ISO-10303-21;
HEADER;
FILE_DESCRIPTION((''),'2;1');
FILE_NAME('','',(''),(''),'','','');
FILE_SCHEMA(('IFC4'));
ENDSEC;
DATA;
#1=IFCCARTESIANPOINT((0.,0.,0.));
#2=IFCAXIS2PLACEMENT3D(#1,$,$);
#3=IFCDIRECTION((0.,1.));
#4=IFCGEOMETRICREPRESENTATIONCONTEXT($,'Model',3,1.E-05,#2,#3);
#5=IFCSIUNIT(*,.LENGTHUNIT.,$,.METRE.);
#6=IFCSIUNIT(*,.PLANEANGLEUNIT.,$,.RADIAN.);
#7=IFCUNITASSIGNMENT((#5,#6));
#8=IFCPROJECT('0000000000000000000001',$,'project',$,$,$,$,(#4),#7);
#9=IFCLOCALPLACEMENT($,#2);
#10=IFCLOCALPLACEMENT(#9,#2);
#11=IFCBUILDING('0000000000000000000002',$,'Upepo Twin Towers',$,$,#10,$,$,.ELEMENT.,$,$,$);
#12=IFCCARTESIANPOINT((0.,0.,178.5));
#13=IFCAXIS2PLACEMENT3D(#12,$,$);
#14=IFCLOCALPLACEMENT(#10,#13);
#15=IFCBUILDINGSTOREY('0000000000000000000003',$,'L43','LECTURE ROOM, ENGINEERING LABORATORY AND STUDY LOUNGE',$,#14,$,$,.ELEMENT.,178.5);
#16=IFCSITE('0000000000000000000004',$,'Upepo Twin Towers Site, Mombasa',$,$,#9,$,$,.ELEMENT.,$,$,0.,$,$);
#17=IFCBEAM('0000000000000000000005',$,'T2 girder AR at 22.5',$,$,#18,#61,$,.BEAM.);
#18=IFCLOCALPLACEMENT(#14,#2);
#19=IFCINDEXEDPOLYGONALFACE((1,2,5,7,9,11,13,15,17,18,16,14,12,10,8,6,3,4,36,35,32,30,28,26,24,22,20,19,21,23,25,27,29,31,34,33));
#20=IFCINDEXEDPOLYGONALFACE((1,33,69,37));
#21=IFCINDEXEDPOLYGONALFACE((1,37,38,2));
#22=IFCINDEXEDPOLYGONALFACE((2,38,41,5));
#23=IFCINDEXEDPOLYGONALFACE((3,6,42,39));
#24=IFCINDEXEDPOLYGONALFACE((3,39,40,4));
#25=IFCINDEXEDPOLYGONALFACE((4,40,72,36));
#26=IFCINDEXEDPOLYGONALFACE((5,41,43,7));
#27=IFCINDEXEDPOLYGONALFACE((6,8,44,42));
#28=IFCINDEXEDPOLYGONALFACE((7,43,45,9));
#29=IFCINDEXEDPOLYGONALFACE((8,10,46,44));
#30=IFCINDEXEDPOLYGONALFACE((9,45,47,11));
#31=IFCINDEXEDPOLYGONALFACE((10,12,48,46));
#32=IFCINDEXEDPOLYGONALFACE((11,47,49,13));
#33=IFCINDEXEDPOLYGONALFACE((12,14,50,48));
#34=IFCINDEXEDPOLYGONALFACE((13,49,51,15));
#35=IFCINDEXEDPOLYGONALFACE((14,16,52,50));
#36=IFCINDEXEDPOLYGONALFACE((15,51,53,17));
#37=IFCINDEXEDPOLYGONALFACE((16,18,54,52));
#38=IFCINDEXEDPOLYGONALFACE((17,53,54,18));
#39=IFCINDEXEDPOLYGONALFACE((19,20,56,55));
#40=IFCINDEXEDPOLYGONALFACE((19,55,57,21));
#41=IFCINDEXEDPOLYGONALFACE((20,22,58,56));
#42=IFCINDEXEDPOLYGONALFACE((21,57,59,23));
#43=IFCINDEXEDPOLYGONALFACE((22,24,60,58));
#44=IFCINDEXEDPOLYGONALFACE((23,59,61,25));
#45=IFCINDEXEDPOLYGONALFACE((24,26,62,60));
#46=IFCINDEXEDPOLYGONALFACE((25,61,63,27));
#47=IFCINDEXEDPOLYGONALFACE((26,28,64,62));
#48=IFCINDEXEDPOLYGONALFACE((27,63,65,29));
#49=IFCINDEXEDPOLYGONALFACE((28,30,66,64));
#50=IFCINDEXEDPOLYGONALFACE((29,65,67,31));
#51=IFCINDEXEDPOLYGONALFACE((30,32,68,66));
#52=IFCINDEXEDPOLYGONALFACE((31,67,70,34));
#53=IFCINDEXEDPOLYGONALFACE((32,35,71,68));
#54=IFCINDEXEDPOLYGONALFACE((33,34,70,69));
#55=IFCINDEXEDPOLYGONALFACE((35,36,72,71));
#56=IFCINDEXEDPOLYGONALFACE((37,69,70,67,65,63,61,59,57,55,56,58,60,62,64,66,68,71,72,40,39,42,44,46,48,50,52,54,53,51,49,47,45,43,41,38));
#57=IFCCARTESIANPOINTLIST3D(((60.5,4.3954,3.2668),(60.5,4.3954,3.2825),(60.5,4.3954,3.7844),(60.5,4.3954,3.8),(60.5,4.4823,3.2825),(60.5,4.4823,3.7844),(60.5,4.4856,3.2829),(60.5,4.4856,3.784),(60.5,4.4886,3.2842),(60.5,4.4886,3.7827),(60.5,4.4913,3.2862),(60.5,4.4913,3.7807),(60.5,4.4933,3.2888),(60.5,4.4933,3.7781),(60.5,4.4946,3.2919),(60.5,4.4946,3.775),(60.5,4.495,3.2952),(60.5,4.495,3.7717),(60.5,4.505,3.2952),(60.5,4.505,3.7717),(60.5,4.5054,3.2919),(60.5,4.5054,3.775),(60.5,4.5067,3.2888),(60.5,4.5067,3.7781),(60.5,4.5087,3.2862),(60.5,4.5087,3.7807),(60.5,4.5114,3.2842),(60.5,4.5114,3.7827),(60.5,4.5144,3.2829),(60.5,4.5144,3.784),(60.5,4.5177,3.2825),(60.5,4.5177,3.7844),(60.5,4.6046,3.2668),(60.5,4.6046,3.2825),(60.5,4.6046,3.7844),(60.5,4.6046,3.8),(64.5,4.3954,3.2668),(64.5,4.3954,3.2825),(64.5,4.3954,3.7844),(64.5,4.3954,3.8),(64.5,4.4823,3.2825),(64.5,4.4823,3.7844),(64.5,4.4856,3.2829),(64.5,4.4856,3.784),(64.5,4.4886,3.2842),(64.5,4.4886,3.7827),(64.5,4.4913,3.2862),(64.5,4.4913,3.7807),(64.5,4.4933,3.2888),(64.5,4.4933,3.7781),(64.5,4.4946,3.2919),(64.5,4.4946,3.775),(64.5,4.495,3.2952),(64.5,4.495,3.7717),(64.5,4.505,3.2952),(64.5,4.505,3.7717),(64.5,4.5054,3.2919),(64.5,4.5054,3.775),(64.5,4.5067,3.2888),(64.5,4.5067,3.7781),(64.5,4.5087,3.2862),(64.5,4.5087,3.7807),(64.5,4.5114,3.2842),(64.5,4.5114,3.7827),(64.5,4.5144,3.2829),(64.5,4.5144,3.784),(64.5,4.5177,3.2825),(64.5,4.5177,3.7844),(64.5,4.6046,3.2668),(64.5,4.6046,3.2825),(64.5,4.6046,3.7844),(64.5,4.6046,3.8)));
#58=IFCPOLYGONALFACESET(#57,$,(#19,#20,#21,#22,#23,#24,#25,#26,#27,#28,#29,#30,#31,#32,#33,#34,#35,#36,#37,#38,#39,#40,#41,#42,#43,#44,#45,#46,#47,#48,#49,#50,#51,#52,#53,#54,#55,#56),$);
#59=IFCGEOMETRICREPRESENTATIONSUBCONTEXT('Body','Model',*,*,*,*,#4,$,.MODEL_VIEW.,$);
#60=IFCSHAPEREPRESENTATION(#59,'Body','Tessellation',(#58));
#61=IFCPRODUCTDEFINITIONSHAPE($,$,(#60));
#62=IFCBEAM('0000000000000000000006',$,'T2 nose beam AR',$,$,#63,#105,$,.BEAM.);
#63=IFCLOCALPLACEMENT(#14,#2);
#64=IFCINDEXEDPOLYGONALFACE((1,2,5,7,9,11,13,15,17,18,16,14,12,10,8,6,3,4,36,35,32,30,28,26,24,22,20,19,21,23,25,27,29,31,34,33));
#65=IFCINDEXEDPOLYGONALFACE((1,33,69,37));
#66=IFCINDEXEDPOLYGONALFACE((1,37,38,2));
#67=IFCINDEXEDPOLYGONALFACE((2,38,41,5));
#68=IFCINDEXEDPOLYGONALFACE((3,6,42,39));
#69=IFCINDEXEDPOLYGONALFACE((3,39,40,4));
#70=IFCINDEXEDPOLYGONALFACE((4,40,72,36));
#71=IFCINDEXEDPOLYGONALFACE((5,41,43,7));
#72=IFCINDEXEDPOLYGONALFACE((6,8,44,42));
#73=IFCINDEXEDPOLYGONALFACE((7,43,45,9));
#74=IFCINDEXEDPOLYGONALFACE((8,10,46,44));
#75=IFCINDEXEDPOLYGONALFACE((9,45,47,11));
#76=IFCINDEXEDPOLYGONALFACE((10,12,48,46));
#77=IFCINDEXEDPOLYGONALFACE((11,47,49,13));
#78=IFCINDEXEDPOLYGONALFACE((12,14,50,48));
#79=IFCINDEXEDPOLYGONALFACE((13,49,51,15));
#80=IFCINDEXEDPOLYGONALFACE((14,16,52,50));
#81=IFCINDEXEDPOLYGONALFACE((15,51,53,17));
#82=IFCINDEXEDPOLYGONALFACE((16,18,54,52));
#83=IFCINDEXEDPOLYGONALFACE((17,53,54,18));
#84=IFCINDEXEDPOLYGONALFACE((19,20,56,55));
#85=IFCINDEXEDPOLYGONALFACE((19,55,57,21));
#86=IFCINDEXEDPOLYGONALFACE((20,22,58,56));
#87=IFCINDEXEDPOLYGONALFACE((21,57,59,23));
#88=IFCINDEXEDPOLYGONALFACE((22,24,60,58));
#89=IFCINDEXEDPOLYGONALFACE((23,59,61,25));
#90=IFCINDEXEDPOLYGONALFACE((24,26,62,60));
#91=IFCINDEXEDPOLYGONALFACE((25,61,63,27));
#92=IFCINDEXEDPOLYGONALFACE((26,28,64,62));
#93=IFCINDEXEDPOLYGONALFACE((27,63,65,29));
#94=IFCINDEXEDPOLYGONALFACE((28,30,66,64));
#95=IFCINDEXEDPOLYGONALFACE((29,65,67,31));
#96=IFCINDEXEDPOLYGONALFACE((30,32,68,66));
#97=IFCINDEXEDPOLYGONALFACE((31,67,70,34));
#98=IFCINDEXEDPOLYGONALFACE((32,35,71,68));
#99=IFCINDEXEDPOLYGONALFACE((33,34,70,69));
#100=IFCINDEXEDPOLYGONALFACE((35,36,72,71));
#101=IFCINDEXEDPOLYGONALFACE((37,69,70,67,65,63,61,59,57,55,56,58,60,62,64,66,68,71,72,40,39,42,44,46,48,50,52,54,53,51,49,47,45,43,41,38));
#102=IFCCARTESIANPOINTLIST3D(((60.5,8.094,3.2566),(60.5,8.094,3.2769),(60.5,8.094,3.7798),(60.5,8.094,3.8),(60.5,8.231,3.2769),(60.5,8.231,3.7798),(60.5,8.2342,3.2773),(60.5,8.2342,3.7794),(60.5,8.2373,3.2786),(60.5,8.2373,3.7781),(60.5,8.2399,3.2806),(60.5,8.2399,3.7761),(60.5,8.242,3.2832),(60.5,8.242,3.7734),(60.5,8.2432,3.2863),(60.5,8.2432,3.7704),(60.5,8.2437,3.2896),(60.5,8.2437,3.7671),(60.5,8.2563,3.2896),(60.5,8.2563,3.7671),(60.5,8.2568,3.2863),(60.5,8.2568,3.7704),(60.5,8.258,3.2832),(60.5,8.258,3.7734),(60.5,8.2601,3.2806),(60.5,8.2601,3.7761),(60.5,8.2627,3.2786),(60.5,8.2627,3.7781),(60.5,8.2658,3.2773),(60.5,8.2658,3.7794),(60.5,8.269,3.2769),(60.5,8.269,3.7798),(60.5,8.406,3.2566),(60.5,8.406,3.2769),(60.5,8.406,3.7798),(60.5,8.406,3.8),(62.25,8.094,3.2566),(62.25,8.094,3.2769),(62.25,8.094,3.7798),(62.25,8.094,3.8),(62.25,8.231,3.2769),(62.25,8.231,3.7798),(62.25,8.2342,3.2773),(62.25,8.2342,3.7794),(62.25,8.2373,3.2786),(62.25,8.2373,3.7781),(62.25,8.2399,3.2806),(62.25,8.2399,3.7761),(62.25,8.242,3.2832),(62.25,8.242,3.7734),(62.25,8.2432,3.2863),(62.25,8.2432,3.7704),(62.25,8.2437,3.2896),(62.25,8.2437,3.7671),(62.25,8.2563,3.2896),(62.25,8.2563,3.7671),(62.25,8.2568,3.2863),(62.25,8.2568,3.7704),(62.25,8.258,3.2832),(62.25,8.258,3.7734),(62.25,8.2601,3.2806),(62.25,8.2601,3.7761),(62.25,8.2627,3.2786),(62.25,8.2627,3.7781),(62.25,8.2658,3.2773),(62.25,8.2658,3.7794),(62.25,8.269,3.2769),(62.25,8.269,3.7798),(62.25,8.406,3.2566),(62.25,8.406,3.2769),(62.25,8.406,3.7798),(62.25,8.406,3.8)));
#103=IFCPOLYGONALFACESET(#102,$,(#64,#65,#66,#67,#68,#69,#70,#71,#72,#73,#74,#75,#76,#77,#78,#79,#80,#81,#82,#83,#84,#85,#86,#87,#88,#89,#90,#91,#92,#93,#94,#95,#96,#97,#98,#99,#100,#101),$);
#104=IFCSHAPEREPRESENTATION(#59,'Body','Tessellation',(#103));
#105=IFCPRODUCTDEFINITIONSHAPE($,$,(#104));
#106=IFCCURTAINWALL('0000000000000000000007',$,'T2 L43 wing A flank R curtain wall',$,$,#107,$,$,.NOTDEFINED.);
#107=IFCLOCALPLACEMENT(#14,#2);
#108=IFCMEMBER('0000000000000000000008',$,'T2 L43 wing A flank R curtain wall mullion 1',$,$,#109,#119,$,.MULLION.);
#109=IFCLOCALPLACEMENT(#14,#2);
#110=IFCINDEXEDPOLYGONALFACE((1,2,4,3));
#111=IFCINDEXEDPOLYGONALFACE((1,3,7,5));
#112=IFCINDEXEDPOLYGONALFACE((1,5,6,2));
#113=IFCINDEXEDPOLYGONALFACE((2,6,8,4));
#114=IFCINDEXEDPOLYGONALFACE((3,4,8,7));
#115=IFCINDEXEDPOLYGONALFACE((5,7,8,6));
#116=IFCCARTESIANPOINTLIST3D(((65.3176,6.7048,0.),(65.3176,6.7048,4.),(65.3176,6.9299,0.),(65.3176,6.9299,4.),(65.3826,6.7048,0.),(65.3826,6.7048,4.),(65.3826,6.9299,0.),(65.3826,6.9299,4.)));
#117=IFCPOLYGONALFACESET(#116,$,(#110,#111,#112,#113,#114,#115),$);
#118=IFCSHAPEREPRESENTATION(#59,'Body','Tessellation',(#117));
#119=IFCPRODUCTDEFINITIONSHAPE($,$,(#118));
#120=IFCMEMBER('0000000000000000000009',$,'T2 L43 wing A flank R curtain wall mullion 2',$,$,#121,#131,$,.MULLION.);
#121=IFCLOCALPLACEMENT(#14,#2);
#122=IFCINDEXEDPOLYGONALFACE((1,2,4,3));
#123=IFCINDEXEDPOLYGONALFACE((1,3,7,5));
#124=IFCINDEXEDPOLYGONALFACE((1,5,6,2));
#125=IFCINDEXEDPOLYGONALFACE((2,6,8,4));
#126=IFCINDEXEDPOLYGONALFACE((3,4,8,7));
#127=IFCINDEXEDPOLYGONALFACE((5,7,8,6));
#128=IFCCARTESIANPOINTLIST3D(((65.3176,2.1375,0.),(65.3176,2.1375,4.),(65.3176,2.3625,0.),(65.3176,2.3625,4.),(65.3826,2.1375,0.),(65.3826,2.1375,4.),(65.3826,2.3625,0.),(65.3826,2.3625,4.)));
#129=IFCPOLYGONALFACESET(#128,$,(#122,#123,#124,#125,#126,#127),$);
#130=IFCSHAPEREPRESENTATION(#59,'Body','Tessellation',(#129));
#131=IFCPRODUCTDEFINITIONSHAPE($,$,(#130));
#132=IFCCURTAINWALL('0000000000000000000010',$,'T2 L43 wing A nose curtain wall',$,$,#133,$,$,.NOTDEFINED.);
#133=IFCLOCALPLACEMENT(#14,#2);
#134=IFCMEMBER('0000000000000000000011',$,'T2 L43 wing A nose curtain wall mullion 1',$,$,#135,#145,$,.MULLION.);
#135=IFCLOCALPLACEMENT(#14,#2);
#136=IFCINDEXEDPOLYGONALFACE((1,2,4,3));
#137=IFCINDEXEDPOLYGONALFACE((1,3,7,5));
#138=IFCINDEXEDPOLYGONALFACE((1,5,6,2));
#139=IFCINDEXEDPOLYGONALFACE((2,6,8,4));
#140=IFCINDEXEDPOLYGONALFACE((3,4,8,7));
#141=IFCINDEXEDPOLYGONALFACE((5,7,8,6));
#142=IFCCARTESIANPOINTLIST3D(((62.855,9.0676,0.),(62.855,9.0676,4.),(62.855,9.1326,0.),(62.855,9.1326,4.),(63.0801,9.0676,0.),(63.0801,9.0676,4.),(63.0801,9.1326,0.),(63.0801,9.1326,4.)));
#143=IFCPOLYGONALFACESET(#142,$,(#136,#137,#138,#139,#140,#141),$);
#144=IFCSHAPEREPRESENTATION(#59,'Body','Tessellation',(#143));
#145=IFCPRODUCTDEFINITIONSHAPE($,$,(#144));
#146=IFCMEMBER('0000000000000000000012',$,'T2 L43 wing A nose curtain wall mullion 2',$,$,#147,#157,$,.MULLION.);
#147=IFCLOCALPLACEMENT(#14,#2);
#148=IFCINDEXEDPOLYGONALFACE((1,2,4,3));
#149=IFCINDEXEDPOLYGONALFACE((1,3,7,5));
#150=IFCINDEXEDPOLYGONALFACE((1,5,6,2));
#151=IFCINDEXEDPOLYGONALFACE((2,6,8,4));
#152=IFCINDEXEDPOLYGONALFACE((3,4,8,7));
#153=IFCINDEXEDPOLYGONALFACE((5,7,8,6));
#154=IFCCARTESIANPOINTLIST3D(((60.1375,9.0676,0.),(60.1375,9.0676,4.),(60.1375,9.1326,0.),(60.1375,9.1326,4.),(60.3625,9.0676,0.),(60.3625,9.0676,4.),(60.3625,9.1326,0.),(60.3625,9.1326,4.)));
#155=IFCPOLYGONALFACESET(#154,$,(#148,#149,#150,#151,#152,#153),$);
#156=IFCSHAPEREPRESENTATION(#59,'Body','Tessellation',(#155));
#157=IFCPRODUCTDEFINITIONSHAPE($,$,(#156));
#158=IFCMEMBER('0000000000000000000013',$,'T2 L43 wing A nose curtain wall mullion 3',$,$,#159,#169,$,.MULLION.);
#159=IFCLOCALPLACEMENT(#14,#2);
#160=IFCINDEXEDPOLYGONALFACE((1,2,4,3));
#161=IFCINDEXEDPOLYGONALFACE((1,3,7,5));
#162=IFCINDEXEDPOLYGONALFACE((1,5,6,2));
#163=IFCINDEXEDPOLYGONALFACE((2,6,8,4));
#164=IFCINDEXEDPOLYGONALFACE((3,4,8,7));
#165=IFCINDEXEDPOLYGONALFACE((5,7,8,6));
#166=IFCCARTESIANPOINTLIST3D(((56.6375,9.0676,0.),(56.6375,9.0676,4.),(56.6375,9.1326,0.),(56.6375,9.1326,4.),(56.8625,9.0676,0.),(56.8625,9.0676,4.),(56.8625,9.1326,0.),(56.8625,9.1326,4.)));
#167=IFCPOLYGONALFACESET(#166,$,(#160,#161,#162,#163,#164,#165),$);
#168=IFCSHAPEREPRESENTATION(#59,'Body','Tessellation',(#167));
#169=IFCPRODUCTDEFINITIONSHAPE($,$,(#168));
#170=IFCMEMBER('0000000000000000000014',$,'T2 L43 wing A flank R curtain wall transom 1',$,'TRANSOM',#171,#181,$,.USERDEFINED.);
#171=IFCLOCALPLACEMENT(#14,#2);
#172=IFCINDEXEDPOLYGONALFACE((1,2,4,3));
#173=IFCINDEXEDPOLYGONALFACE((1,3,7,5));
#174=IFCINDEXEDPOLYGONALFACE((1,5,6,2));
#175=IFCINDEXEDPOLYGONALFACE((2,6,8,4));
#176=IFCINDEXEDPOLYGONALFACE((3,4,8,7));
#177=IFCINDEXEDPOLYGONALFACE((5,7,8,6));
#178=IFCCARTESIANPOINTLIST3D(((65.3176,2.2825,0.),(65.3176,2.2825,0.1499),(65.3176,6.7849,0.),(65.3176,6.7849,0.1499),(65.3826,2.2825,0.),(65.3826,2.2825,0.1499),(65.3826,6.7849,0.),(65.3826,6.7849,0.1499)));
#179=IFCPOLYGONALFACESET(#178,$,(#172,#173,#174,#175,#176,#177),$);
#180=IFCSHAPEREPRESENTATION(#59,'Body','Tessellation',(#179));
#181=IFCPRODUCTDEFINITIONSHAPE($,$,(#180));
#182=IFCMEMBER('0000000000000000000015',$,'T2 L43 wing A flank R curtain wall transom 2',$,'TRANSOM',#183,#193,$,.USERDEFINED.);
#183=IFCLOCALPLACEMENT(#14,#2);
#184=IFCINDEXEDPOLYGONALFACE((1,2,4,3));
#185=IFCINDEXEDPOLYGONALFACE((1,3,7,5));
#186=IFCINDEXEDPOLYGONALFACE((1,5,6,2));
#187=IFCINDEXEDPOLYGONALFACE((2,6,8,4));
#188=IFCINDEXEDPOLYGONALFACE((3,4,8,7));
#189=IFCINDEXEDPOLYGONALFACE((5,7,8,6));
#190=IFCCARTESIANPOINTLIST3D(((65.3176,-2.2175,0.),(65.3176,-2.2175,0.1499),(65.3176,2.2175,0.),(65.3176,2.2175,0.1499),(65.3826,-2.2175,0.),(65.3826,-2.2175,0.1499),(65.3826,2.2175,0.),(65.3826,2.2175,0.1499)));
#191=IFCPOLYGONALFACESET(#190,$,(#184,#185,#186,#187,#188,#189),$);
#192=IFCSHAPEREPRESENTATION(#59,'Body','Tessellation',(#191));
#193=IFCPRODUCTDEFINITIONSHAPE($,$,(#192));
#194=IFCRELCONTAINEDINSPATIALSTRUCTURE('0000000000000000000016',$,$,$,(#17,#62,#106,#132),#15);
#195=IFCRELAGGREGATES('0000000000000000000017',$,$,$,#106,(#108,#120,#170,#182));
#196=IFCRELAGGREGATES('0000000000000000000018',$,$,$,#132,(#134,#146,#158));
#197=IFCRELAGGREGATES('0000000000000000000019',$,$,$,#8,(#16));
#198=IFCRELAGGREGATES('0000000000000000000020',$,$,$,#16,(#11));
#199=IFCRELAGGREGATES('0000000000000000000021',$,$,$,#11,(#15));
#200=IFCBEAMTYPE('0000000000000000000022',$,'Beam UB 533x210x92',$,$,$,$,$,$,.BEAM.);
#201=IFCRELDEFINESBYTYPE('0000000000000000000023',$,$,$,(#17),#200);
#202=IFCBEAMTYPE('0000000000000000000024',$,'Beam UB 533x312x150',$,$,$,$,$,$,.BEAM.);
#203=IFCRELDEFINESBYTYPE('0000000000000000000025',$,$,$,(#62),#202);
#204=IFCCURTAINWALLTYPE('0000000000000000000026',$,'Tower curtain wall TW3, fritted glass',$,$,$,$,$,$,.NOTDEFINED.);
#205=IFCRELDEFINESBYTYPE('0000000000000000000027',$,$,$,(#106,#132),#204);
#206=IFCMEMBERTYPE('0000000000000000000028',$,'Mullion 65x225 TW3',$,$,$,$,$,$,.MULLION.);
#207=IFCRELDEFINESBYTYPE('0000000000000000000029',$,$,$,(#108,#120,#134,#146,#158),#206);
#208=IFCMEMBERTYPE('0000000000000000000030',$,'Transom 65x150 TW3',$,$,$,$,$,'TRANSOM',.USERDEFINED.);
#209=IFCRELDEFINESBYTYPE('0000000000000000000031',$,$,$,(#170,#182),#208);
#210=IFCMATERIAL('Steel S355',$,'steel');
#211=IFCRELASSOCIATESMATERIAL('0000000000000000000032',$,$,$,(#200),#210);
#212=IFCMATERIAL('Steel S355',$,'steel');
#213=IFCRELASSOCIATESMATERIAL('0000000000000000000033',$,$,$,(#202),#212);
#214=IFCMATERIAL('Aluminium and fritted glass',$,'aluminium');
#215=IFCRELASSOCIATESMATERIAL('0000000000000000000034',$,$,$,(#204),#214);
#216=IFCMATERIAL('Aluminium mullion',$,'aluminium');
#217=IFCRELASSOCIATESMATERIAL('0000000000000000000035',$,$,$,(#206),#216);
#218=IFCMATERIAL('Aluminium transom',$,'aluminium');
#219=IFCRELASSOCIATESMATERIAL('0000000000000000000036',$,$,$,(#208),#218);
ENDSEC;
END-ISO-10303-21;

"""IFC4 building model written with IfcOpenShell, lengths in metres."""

from ifc_helpers import new_model, si_unit, direction, frame, origin, origin_2d, place, context, subcontext, project, spatial, rectangle, i_section, extrude, material, material_profile, profile_set, type_object, element, aggregate, save


model = new_model("IFC4")

# Units and contexts
model_context = context("Model", 3, precision=1e-05, world=origin(), true_north=direction((0.0, 1.0)))
body_context = subcontext(model_context, "Body", "Model", "MODEL_VIEW")
ifc_project = project(units=[si_unit("LENGTHUNIT", "METRE"), si_unit("PLANEANGLEUNIT", "RADIAN")], contexts=[model_context])

# Site, building, storey
site_placement = place(None, origin())
site = spatial("IfcSite", under=ifc_project, at=site_placement, Name="Upepo Twin Towers Site, Mombasa", CompositionType="ELEMENT", RefElevation=0.0)
building_placement = place(site_placement, origin())
building = spatial("IfcBuilding", under=site, at=building_placement, Name="Upepo Twin Towers", CompositionType="ELEMENT")
storey_placement = place(building_placement, frame((0.0, 0.0, 178.5)))
storey = spatial("IfcBuildingStorey", under=building, at=storey_placement, Name="L43", Description="LECTURE ROOM, ENGINEERING LABORATORY AND STUDY LOUNGE", CompositionType="ELEMENT", Elevation=178.5)

# Beams
ifc_material_1 = material(Name="Steel S355", Category="steel")
ifc_material_profile_1 = material_profile(ifc_material_1, i_section(OverallWidth=0.2092, OverallDepth=0.5332, WebThickness=0.01, FlangeThickness=0.0156, FilletRadius=0.0127, at=origin_2d()), Name="UB 533x210x92")
ifc_profile_set_1 = profile_set([ifc_material_profile_1], Name="Steel S355")
beam_type_1 = type_object("IfcBeamType", Name="Beam UB 533x210x92", PredefinedType="BEAM", material=ifc_profile_set_1)
for number, where, z_axis, x_axis, name in (
    (1, (64.5, 4.5, 3.5334), (-1.0, 0.0, 0.0), (0.0, -1.0, 0.0), "T2 girder AR at 22.5"),
):
    element("IfcBeam", number, at=place(storey_placement, frame(where, z_axis=z_axis, x_axis=x_axis)), inside=storey, type_object=beam_type_1, Name=name, PredefinedType="BEAM", context=body_context, shape_type="SweptSolid", body=[
        extrude(i_section(OverallWidth=0.2092, OverallDepth=0.5332, WebThickness=0.01, FlangeThickness=0.0156, FilletRadius=0.0127, at=origin_2d()), origin(), (0.0, 0.0, 1.0), 4.0),
    ])
ifc_material_2 = material(Name="Steel S355", Category="steel")
ifc_material_profile_2 = material_profile(ifc_material_2, i_section(OverallWidth=0.312, OverallDepth=0.5435, WebThickness=0.0127, FlangeThickness=0.0203, FilletRadius=0.0127, at=origin_2d()), Name="UB 533x312x150")
ifc_profile_set_2 = profile_set([ifc_material_profile_2], Name="Steel S355")
beam_type_2 = type_object("IfcBeamType", Name="Beam UB 533x312x150", PredefinedType="BEAM", material=ifc_profile_set_2)
beam_1_placement = place(storey_placement, frame((62.25, 8.25, 3.5283), z_axis=(-1.0, 0.0, 0.0), x_axis=(0.0, -1.0, 0.0)))
element("IfcBeam", 2, at=beam_1_placement, inside=storey, type_object=beam_type_2, Name="T2 nose beam AR", PredefinedType="BEAM", context=body_context, shape_type="SweptSolid", body=[
    extrude(i_section(OverallWidth=0.312, OverallDepth=0.5435, WebThickness=0.0127, FlangeThickness=0.0203, FilletRadius=0.0127, at=origin_2d()), origin(), (0.0, 0.0, 1.0), 1.75),
])

# Curtain walls, members
ifc_material_3 = material(Name="Aluminium and fritted glass", Category="aluminium")
curtain_wall_type = type_object("IfcCurtainWallType", Name="Tower curtain wall TW3, fritted glass", PredefinedType="NOTDEFINED", material=ifc_material_3)
curtain_wall_1_placement = place(storey_placement, origin())
curtain_wall_1 = element("IfcCurtainWall", 3, at=curtain_wall_1_placement, inside=storey, type_object=curtain_wall_type, Name="T2 L43 wing A flank R curtain wall", PredefinedType="NOTDEFINED")
ifc_material_4 = material(Name="Aluminium mullion", Category="aluminium")
ifc_material_profile_3 = material_profile(ifc_material_4, rectangle(XDim=0.0649, YDim=0.2251, at=origin_2d()), Name="MULLION 65x225")
ifc_profile_set_3 = profile_set([ifc_material_profile_3], Name="Aluminium mullion")
member_type_1 = type_object("IfcMemberType", Name="Mullion 65x225 TW3", PredefinedType="MULLION", material=ifc_profile_set_3)
member_1_placement = place(storey_placement, frame((65.3501, 6.8174, 0.0), z_axis=(0.0, 0.0, 1.0), x_axis=(1.0, 0.0, 0.0)))
member_1 = element("IfcMember", 4, at=member_1_placement, type_object=member_type_1, Name="T2 L43 wing A flank R curtain wall mullion 1", PredefinedType="MULLION", context=body_context, shape_type="SweptSolid", body=[
    extrude(rectangle(XDim=0.0649, YDim=0.2251, at=origin_2d()), origin(), (0.0, 0.0, 1.0), 4.0),
])
member_2_placement = place(storey_placement, frame((65.3501, 2.25, 0.0), z_axis=(0.0, 0.0, 1.0), x_axis=(1.0, 0.0, 0.0)))
member_2 = element("IfcMember", 5, at=member_2_placement, type_object=member_type_1, Name="T2 L43 wing A flank R curtain wall mullion 2", PredefinedType="MULLION", context=body_context, shape_type="SweptSolid", body=[
    extrude(rectangle(XDim=0.0649, YDim=0.2251, at=origin_2d()), origin(), (0.0, 0.0, 1.0), 4.0),
])
curtain_wall_2_placement = place(storey_placement, origin())
curtain_wall_2 = element("IfcCurtainWall", 6, at=curtain_wall_2_placement, inside=storey, type_object=curtain_wall_type, Name="T2 L43 wing A nose curtain wall", PredefinedType="NOTDEFINED")
member_3_placement = place(storey_placement, frame((62.9675, 9.1001, 0.0), z_axis=(0.0, 0.0, 1.0), x_axis=(0.0, -1.0, 0.0)))
member_3 = element("IfcMember", 7, at=member_3_placement, type_object=member_type_1, Name="T2 L43 wing A nose curtain wall mullion 1", PredefinedType="MULLION", context=body_context, shape_type="SweptSolid", body=[
    extrude(rectangle(XDim=0.0649, YDim=0.2251, at=origin_2d()), origin(), (0.0, 0.0, 1.0), 4.0),
])
member_4_placement = place(storey_placement, frame((60.25, 9.1001, 0.0), z_axis=(0.0, 0.0, 1.0), x_axis=(0.0, -1.0, 0.0)))
member_4 = element("IfcMember", 8, at=member_4_placement, type_object=member_type_1, Name="T2 L43 wing A nose curtain wall mullion 2", PredefinedType="MULLION", context=body_context, shape_type="SweptSolid", body=[
    extrude(rectangle(XDim=0.0649, YDim=0.2251, at=origin_2d()), origin(), (0.0, 0.0, 1.0), 4.0),
])
member_5_placement = place(storey_placement, frame((56.75, 9.1001, 0.0), z_axis=(0.0, 0.0, 1.0), x_axis=(0.0, -1.0, 0.0)))
member_5 = element("IfcMember", 9, at=member_5_placement, type_object=member_type_1, Name="T2 L43 wing A nose curtain wall mullion 3", PredefinedType="MULLION", context=body_context, shape_type="SweptSolid", body=[
    extrude(rectangle(XDim=0.0649, YDim=0.2251, at=origin_2d()), origin(), (0.0, 0.0, 1.0), 4.0),
])

# Members
ifc_material_5 = material(Name="Aluminium transom", Category="aluminium")
ifc_material_profile_4 = material_profile(ifc_material_5, rectangle(XDim=0.0649, YDim=0.1499, at=origin_2d()), Name="TRANSOM 65x150")
ifc_profile_set_4 = profile_set([ifc_material_profile_4], Name="Aluminium transom")
member_type_2 = type_object("IfcMemberType", Name="Transom 65x150 TW3", ElementType="TRANSOM", PredefinedType="USERDEFINED", material=ifc_profile_set_4)
member_6_placement = place(storey_placement, frame((65.3501, 6.7849, 0.075), z_axis=(0.0, -1.0, 0.0), x_axis=(1.0, 0.0, 0.0)))
member_6 = element("IfcMember", 10, at=member_6_placement, type_object=member_type_2, Name="T2 L43 wing A flank R curtain wall transom 1", ObjectType="TRANSOM", PredefinedType="USERDEFINED", context=body_context, shape_type="SweptSolid", body=[
    extrude(rectangle(XDim=0.0649, YDim=0.1499, at=origin_2d()), origin(), (0.0, 0.0, 1.0), 4.5024),
])
member_7_placement = place(storey_placement, frame((65.3501, 2.2175, 0.075), z_axis=(0.0, -1.0, 0.0), x_axis=(1.0, 0.0, 0.0)))
member_7 = element("IfcMember", 11, at=member_7_placement, type_object=member_type_2, Name="T2 L43 wing A flank R curtain wall transom 2", ObjectType="TRANSOM", PredefinedType="USERDEFINED", context=body_context, shape_type="SweptSolid", body=[
    extrude(rectangle(XDim=0.0649, YDim=0.1499, at=origin_2d()), origin(), (0.0, 0.0, 1.0), 4.4351),
])

aggregate(curtain_wall_1, [member_1, member_2, member_6, member_7])
aggregate(curtain_wall_2, [member_3, member_4, member_5])

save(model, "model.ifc")
